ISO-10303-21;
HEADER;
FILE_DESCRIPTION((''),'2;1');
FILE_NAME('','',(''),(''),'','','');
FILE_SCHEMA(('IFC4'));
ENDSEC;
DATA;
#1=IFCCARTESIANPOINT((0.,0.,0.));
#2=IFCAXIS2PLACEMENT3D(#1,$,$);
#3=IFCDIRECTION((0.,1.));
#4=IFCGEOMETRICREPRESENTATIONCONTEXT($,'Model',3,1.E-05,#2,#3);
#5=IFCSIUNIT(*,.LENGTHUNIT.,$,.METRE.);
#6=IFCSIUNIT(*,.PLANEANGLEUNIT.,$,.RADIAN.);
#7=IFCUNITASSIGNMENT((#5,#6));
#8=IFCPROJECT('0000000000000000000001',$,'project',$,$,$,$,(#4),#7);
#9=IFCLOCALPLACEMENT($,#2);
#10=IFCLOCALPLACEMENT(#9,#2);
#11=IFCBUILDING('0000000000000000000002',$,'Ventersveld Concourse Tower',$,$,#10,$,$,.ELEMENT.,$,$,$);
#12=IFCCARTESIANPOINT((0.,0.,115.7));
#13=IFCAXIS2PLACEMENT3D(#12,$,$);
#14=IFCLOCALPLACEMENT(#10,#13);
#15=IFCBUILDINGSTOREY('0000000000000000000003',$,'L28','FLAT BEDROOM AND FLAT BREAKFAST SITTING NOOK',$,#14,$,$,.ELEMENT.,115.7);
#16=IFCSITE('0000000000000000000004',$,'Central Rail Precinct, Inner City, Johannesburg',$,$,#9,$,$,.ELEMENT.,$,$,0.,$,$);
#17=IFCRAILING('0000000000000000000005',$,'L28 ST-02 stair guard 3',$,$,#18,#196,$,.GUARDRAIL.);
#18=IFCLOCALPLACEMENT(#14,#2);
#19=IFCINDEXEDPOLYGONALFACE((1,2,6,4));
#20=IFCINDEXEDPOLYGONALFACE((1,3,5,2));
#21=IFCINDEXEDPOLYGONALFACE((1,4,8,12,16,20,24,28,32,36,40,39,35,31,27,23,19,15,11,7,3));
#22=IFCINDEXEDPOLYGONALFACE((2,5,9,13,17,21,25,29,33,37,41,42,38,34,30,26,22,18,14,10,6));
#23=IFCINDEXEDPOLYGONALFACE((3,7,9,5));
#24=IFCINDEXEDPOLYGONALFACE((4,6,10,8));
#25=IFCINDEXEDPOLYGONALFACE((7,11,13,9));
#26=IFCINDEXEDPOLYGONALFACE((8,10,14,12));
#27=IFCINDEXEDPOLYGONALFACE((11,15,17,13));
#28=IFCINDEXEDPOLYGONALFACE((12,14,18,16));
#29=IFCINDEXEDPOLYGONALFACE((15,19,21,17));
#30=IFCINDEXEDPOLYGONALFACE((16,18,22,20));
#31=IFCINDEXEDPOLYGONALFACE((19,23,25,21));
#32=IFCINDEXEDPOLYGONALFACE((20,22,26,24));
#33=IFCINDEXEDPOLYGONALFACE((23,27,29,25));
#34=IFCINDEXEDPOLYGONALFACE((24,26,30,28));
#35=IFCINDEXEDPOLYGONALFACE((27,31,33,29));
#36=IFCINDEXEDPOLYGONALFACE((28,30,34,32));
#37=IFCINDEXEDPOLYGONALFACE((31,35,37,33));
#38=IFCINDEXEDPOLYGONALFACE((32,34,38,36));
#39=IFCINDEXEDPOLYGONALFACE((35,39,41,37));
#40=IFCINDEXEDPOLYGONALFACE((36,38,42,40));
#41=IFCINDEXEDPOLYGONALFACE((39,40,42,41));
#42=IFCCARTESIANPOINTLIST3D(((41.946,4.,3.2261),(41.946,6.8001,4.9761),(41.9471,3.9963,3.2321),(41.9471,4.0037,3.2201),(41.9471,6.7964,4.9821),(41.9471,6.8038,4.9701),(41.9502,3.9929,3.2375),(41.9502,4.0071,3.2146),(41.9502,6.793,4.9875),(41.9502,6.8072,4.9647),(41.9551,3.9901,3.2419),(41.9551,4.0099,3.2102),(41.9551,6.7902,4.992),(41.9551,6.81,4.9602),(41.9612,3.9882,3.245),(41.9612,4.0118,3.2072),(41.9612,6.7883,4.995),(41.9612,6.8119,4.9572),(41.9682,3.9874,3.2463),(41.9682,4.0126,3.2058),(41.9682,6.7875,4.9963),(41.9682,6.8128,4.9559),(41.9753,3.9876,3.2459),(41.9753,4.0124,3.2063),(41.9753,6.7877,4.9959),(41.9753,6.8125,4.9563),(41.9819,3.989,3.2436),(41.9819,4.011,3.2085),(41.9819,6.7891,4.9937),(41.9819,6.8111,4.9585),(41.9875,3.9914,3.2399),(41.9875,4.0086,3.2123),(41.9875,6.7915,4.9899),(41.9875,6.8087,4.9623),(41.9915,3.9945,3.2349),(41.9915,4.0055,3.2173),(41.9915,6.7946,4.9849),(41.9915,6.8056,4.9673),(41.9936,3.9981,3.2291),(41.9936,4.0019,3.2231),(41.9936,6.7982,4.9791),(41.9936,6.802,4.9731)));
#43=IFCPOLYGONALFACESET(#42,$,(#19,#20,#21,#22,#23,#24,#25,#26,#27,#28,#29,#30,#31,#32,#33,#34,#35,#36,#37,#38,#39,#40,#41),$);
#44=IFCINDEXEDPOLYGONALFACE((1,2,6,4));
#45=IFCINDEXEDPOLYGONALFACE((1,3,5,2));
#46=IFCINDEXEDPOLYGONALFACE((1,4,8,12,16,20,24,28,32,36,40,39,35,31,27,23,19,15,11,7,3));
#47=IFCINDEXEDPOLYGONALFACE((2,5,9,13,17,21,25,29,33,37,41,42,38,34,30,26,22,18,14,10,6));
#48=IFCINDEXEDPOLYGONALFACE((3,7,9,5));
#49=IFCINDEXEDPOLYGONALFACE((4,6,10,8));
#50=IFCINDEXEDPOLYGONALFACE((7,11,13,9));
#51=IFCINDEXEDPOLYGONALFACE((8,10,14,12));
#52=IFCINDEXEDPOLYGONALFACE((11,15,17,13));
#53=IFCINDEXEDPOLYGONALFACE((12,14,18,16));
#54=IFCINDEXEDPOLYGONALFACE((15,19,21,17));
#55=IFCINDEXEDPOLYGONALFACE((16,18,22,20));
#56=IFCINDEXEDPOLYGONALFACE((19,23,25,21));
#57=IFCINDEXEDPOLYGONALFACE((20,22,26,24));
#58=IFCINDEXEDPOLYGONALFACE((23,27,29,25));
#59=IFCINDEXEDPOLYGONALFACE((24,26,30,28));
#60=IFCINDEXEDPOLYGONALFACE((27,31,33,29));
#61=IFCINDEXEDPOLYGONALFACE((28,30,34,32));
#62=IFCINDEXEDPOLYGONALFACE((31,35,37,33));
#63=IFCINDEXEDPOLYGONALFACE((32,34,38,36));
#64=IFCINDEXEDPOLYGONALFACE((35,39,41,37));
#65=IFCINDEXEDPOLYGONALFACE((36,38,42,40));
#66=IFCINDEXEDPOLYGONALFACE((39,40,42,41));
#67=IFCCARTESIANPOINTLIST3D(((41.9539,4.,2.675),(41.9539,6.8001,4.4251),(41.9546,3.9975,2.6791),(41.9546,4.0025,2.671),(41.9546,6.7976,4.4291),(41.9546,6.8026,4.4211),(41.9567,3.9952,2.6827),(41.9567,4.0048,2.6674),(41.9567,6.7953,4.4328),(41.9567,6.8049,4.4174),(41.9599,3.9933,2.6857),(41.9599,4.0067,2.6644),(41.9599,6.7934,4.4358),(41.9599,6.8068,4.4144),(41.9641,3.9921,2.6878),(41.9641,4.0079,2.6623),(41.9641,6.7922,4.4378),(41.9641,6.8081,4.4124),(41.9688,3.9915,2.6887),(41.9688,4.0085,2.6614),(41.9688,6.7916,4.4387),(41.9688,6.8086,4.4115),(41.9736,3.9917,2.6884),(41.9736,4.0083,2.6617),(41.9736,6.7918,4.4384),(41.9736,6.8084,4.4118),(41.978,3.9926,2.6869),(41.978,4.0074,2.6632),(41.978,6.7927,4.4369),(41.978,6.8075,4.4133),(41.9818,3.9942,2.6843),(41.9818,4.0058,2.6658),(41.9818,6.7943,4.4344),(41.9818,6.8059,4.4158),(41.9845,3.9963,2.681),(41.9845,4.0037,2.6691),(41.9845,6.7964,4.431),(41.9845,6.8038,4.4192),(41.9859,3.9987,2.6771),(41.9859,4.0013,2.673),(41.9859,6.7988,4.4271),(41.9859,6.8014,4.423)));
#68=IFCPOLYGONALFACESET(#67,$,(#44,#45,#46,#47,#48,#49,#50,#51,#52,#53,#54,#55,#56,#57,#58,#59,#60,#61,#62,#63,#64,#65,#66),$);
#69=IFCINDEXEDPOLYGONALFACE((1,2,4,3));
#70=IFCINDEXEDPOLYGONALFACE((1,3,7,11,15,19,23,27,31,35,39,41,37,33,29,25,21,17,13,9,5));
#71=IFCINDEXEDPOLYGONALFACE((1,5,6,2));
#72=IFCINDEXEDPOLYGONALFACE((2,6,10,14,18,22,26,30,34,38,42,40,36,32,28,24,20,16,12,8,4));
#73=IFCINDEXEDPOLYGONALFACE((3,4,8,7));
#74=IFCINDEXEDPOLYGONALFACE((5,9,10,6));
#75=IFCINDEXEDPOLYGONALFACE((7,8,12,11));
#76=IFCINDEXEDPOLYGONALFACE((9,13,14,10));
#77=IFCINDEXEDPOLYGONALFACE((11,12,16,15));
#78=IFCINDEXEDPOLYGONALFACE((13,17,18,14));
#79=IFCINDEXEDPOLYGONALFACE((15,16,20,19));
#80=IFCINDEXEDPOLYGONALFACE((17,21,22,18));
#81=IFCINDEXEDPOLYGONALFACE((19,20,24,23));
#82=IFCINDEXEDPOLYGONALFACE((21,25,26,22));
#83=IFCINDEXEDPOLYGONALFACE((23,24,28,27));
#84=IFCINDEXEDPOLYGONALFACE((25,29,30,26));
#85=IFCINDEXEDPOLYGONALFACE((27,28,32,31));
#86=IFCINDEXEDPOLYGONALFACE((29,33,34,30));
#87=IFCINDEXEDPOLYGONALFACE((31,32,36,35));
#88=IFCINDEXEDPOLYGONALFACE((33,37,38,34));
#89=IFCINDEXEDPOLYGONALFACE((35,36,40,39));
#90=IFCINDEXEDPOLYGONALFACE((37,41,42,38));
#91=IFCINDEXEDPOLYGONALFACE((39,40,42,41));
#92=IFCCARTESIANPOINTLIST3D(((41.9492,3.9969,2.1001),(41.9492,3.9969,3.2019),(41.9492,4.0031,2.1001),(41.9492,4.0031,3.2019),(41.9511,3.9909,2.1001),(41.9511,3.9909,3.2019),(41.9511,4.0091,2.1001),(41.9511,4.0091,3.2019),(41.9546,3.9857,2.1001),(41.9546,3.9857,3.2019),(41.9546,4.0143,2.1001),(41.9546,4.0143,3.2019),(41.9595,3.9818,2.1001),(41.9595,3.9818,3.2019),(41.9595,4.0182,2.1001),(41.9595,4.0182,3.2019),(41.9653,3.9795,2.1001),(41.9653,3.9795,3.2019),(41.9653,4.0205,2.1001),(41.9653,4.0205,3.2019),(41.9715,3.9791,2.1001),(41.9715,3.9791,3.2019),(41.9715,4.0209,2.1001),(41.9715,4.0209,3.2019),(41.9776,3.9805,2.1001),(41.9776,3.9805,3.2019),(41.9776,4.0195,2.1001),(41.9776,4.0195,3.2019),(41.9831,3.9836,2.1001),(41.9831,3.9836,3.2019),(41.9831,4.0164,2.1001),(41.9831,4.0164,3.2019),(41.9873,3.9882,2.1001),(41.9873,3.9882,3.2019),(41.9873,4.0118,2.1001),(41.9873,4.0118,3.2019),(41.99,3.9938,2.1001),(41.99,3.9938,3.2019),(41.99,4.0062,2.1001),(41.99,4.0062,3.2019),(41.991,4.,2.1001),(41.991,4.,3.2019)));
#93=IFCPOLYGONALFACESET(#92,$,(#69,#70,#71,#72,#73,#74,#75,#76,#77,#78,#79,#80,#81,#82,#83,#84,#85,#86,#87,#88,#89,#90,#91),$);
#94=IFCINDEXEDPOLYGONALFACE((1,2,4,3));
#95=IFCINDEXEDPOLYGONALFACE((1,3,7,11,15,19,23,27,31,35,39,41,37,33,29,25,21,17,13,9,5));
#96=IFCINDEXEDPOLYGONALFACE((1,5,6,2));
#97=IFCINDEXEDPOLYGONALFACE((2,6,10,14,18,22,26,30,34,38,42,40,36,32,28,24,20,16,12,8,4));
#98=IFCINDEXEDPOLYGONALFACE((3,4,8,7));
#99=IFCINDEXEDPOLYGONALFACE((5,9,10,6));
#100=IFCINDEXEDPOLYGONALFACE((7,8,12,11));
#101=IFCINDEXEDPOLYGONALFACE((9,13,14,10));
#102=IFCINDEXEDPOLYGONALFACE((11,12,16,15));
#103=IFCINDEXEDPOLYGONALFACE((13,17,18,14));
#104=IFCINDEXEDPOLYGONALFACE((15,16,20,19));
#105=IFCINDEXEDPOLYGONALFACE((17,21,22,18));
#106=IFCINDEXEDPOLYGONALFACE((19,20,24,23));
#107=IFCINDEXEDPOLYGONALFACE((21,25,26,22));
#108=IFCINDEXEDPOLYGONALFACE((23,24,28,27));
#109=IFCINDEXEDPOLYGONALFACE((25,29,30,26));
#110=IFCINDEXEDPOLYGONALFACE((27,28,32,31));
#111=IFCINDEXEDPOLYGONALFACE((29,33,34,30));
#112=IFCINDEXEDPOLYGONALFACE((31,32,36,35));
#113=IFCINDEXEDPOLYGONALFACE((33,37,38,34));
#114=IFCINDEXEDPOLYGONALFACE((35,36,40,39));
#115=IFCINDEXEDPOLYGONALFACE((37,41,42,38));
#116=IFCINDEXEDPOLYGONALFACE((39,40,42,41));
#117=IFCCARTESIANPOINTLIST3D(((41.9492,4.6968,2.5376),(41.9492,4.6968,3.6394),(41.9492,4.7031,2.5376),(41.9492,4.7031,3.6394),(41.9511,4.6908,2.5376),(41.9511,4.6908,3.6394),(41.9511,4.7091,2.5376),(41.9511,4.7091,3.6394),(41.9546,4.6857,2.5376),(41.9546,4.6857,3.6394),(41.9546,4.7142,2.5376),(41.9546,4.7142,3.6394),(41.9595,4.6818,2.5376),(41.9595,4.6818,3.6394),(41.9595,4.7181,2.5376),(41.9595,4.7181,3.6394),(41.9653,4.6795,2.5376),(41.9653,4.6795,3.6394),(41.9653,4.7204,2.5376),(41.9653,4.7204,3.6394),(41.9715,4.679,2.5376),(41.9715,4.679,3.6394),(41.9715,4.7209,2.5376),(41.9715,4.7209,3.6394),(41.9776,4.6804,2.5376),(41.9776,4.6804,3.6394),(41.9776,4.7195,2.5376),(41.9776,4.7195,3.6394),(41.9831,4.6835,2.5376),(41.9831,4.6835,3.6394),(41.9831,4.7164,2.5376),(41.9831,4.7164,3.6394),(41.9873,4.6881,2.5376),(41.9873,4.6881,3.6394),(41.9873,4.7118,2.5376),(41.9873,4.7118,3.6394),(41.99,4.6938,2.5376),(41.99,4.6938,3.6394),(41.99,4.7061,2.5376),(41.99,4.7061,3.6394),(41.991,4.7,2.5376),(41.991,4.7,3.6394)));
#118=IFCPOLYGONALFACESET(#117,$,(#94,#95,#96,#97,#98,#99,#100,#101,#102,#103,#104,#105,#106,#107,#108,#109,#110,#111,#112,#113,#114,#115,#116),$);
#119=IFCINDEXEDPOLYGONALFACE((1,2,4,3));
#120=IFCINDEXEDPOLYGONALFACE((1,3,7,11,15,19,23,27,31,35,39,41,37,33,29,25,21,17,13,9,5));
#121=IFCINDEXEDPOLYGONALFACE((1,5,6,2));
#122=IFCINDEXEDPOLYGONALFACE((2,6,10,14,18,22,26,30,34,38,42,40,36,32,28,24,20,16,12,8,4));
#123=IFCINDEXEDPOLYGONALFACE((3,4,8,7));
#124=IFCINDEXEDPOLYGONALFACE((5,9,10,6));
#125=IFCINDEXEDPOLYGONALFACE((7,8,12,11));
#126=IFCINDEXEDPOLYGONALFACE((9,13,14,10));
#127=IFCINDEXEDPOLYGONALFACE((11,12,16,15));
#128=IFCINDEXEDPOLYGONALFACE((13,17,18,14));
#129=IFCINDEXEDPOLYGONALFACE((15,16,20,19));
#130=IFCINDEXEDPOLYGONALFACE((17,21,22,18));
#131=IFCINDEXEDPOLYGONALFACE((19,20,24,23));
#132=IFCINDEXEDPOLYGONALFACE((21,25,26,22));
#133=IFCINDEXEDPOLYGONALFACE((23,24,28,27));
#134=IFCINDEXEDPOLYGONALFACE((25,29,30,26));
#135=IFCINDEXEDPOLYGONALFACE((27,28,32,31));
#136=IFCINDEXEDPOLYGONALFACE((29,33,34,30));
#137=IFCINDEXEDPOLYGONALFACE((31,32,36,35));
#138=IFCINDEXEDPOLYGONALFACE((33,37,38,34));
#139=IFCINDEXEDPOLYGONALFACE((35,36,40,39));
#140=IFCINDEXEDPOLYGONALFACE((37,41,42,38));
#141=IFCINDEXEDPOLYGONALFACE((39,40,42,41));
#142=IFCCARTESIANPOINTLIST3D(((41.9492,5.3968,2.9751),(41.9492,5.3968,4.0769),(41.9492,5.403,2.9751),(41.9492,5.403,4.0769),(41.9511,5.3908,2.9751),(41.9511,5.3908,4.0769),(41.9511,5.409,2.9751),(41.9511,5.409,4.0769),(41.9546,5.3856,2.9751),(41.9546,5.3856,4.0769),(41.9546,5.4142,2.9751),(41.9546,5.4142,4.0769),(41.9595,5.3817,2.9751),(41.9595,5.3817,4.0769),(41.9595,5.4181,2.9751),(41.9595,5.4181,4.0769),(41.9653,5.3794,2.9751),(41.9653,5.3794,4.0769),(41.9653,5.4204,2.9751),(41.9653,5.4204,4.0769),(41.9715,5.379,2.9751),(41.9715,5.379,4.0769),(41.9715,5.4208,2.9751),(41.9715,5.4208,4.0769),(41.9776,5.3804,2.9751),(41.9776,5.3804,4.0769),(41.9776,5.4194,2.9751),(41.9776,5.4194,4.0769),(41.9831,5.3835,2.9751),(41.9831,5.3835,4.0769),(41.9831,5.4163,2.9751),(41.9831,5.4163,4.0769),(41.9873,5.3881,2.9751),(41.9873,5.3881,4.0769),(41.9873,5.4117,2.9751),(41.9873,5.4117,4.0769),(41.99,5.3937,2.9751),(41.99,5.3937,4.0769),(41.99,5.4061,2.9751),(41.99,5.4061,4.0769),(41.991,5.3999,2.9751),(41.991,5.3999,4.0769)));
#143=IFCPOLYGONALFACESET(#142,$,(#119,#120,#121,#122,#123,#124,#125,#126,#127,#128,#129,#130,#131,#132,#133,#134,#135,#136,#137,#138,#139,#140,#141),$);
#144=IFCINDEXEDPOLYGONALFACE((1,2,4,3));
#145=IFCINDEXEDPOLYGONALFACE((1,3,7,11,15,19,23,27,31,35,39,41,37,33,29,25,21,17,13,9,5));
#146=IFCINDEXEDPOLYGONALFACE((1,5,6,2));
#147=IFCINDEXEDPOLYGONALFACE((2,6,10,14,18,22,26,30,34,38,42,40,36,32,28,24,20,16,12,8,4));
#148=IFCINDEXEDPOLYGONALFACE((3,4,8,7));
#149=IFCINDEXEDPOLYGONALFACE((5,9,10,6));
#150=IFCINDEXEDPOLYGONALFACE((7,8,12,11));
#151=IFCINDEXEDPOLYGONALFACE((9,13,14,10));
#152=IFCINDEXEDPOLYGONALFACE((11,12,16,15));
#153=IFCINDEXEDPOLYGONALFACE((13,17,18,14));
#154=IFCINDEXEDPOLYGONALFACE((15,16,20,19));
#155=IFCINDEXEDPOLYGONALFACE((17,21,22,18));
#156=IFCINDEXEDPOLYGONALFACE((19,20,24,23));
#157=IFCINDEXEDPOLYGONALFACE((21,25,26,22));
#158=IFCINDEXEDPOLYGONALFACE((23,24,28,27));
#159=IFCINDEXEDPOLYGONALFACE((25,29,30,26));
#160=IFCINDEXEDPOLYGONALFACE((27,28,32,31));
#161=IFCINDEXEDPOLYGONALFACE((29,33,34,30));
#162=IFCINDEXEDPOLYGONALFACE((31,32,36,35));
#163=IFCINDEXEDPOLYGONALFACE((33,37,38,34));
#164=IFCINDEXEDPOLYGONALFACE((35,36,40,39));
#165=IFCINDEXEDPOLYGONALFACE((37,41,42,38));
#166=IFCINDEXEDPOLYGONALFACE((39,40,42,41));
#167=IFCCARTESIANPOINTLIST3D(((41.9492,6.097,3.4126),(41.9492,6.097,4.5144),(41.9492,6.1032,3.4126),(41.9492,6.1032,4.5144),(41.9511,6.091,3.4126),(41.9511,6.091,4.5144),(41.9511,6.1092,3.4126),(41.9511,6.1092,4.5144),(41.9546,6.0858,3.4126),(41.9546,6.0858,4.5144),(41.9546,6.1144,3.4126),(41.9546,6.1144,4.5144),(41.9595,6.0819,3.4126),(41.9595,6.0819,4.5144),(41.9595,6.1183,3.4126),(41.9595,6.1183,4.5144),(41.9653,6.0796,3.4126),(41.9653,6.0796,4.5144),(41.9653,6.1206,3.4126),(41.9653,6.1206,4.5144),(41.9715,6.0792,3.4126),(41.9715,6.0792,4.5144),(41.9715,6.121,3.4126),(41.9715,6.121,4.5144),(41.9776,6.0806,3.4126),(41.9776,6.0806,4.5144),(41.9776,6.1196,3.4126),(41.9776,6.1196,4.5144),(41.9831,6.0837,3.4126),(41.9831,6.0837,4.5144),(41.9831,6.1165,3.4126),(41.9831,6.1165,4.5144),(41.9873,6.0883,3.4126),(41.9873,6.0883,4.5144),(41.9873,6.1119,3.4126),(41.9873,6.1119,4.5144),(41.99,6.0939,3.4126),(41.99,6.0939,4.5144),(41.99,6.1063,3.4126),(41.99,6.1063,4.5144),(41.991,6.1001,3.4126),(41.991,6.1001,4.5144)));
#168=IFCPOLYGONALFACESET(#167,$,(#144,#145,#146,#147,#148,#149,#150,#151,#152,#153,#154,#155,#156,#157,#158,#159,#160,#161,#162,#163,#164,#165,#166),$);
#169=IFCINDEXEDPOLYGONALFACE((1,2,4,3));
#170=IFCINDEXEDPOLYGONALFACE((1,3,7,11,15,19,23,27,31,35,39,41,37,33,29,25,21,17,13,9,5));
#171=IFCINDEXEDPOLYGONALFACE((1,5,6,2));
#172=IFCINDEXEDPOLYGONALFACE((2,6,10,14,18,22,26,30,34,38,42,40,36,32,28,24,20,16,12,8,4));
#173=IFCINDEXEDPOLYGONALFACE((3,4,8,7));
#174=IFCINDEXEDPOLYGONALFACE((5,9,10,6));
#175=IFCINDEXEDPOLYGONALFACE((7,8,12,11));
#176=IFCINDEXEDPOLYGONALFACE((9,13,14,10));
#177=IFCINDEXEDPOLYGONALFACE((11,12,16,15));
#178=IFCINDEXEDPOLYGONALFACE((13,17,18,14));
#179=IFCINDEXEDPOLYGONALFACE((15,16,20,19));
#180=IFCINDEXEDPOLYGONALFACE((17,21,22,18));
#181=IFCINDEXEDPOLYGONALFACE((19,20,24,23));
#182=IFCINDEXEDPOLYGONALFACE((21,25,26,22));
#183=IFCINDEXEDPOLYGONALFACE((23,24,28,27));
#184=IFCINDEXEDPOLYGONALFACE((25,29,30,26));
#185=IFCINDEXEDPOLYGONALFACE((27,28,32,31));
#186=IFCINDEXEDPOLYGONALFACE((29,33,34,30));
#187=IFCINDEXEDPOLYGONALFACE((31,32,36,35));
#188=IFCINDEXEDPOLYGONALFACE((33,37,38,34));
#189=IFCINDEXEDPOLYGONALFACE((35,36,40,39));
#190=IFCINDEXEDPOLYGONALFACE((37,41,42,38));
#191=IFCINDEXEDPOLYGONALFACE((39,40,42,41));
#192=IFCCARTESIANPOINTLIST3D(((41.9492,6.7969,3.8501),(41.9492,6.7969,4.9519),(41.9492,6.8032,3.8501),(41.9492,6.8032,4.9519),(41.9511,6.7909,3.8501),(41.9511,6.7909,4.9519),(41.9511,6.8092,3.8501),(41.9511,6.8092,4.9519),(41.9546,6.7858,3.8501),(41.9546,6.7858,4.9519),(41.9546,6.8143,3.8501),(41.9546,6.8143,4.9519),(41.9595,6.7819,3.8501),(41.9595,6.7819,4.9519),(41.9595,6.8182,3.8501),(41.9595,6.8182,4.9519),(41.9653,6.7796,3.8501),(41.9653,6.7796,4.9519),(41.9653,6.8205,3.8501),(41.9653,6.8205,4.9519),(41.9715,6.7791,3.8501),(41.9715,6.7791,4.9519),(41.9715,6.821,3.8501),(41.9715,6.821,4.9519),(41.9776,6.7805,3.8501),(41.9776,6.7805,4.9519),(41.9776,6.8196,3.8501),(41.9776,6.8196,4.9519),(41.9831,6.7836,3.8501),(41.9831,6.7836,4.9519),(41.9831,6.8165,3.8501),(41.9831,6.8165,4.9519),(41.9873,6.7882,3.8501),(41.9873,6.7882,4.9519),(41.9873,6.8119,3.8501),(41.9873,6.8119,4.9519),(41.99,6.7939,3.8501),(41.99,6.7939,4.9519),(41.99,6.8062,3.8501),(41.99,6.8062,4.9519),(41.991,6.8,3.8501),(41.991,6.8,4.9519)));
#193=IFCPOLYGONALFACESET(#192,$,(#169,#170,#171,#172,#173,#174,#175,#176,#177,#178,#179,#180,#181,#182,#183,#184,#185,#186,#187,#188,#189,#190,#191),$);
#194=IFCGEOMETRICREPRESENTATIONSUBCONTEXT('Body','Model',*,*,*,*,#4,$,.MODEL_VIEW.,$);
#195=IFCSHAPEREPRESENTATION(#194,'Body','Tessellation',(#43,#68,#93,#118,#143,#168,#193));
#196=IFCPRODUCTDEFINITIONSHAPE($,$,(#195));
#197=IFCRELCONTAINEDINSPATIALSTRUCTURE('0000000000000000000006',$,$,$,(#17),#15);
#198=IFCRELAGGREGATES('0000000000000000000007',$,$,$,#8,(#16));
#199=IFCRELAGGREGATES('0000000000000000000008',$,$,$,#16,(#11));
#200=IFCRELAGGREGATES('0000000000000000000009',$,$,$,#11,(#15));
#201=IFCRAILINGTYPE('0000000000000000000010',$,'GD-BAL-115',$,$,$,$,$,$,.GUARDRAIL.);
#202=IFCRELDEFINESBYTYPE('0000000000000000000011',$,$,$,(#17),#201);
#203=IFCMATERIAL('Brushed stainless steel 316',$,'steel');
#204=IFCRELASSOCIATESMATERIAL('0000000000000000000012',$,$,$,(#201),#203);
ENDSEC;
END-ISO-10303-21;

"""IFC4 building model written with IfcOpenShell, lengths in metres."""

from ifc_helpers import new_model, si_unit, direction, frame, origin, origin_2d, place, context, subcontext, project, spatial, circle, extrude, material, type_object, element, save


model = new_model("IFC4")

# Units and contexts
model_context = context("Model", 3, precision=1e-05, world=origin(), true_north=direction((0.0, 1.0)))
body_context = subcontext(model_context, "Body", "Model", "MODEL_VIEW")
ifc_project = project(units=[si_unit("LENGTHUNIT", "METRE"), si_unit("PLANEANGLEUNIT", "RADIAN")], contexts=[model_context])

# Site, building, storey
site_placement = place(None, origin())
site = spatial("IfcSite", under=ifc_project, at=site_placement, Name="Central Rail Precinct, Inner City, Johannesburg", CompositionType="ELEMENT", RefElevation=0.0)
building_placement = place(site_placement, origin())
building = spatial("IfcBuilding", under=site, at=building_placement, Name="Ventersveld Concourse Tower", CompositionType="ELEMENT")
storey_placement = place(building_placement, frame((0.0, 0.0, 115.7)))
storey = spatial("IfcBuildingStorey", under=building, at=storey_placement, Name="L28", Description="FLAT BEDROOM AND FLAT BREAKFAST SITTING NOOK", CompositionType="ELEMENT", Elevation=115.7)

# Shared definitions
ifc_material_1 = material(Name="Brushed stainless steel 316", Category="steel")

# Railing
railing_type_1 = type_object("IfcRailingType", Name="GD-BAL-115", PredefinedType="GUARDRAIL", material=ifc_material_1)
railing_1_placement = place(storey_placement, frame((41.97, 4.0, 2.1001)))
element("IfcRailing", 1, at=railing_1_placement, inside=storey, type_object=railing_type_1, Name="L28 ST-02 stair guard 3", PredefinedType="GUARDRAIL", context=body_context, shape_type="SweptSolid", body=[
    extrude(circle(Radius=0.0239, at=origin_2d()), frame((0.0, 0.0, 1.126), z_axis=(0.0, 0.848002, 0.529992), x_axis=(-1.0, 0.0, 0.0)), (0.0, 0.0, 1.0), 3.302),
    extrude(circle(Radius=0.0161, at=origin_2d()), frame((0.0, 0.0, 0.575), z_axis=(0.0, 0.848002, 0.529992), x_axis=(-1.0, 0.0, 0.0)), (0.0, 0.0, 1.0), 3.302),
    extrude(circle(Radius=0.021, at=origin_2d()), origin(), (0.0, 0.0, 1.0), 1.1018),
    extrude(circle(Radius=0.021, at=origin_2d()), frame((0.0, 0.7, 0.4375)), (0.0, 0.0, 1.0), 1.1018),
    extrude(circle(Radius=0.021, at=origin_2d()), frame((0.0, 1.3999, 0.875)), (0.0, 0.0, 1.0), 1.1018),
    extrude(circle(Radius=0.021, at=origin_2d()), frame((0.0, 2.1001, 1.3125)), (0.0, 0.0, 1.0), 1.1018),
    extrude(circle(Radius=0.021, at=origin_2d()), frame((0.0, 2.8, 1.75)), (0.0, 0.0, 1.0), 1.1018),
])

save(model, "model.ifc")
